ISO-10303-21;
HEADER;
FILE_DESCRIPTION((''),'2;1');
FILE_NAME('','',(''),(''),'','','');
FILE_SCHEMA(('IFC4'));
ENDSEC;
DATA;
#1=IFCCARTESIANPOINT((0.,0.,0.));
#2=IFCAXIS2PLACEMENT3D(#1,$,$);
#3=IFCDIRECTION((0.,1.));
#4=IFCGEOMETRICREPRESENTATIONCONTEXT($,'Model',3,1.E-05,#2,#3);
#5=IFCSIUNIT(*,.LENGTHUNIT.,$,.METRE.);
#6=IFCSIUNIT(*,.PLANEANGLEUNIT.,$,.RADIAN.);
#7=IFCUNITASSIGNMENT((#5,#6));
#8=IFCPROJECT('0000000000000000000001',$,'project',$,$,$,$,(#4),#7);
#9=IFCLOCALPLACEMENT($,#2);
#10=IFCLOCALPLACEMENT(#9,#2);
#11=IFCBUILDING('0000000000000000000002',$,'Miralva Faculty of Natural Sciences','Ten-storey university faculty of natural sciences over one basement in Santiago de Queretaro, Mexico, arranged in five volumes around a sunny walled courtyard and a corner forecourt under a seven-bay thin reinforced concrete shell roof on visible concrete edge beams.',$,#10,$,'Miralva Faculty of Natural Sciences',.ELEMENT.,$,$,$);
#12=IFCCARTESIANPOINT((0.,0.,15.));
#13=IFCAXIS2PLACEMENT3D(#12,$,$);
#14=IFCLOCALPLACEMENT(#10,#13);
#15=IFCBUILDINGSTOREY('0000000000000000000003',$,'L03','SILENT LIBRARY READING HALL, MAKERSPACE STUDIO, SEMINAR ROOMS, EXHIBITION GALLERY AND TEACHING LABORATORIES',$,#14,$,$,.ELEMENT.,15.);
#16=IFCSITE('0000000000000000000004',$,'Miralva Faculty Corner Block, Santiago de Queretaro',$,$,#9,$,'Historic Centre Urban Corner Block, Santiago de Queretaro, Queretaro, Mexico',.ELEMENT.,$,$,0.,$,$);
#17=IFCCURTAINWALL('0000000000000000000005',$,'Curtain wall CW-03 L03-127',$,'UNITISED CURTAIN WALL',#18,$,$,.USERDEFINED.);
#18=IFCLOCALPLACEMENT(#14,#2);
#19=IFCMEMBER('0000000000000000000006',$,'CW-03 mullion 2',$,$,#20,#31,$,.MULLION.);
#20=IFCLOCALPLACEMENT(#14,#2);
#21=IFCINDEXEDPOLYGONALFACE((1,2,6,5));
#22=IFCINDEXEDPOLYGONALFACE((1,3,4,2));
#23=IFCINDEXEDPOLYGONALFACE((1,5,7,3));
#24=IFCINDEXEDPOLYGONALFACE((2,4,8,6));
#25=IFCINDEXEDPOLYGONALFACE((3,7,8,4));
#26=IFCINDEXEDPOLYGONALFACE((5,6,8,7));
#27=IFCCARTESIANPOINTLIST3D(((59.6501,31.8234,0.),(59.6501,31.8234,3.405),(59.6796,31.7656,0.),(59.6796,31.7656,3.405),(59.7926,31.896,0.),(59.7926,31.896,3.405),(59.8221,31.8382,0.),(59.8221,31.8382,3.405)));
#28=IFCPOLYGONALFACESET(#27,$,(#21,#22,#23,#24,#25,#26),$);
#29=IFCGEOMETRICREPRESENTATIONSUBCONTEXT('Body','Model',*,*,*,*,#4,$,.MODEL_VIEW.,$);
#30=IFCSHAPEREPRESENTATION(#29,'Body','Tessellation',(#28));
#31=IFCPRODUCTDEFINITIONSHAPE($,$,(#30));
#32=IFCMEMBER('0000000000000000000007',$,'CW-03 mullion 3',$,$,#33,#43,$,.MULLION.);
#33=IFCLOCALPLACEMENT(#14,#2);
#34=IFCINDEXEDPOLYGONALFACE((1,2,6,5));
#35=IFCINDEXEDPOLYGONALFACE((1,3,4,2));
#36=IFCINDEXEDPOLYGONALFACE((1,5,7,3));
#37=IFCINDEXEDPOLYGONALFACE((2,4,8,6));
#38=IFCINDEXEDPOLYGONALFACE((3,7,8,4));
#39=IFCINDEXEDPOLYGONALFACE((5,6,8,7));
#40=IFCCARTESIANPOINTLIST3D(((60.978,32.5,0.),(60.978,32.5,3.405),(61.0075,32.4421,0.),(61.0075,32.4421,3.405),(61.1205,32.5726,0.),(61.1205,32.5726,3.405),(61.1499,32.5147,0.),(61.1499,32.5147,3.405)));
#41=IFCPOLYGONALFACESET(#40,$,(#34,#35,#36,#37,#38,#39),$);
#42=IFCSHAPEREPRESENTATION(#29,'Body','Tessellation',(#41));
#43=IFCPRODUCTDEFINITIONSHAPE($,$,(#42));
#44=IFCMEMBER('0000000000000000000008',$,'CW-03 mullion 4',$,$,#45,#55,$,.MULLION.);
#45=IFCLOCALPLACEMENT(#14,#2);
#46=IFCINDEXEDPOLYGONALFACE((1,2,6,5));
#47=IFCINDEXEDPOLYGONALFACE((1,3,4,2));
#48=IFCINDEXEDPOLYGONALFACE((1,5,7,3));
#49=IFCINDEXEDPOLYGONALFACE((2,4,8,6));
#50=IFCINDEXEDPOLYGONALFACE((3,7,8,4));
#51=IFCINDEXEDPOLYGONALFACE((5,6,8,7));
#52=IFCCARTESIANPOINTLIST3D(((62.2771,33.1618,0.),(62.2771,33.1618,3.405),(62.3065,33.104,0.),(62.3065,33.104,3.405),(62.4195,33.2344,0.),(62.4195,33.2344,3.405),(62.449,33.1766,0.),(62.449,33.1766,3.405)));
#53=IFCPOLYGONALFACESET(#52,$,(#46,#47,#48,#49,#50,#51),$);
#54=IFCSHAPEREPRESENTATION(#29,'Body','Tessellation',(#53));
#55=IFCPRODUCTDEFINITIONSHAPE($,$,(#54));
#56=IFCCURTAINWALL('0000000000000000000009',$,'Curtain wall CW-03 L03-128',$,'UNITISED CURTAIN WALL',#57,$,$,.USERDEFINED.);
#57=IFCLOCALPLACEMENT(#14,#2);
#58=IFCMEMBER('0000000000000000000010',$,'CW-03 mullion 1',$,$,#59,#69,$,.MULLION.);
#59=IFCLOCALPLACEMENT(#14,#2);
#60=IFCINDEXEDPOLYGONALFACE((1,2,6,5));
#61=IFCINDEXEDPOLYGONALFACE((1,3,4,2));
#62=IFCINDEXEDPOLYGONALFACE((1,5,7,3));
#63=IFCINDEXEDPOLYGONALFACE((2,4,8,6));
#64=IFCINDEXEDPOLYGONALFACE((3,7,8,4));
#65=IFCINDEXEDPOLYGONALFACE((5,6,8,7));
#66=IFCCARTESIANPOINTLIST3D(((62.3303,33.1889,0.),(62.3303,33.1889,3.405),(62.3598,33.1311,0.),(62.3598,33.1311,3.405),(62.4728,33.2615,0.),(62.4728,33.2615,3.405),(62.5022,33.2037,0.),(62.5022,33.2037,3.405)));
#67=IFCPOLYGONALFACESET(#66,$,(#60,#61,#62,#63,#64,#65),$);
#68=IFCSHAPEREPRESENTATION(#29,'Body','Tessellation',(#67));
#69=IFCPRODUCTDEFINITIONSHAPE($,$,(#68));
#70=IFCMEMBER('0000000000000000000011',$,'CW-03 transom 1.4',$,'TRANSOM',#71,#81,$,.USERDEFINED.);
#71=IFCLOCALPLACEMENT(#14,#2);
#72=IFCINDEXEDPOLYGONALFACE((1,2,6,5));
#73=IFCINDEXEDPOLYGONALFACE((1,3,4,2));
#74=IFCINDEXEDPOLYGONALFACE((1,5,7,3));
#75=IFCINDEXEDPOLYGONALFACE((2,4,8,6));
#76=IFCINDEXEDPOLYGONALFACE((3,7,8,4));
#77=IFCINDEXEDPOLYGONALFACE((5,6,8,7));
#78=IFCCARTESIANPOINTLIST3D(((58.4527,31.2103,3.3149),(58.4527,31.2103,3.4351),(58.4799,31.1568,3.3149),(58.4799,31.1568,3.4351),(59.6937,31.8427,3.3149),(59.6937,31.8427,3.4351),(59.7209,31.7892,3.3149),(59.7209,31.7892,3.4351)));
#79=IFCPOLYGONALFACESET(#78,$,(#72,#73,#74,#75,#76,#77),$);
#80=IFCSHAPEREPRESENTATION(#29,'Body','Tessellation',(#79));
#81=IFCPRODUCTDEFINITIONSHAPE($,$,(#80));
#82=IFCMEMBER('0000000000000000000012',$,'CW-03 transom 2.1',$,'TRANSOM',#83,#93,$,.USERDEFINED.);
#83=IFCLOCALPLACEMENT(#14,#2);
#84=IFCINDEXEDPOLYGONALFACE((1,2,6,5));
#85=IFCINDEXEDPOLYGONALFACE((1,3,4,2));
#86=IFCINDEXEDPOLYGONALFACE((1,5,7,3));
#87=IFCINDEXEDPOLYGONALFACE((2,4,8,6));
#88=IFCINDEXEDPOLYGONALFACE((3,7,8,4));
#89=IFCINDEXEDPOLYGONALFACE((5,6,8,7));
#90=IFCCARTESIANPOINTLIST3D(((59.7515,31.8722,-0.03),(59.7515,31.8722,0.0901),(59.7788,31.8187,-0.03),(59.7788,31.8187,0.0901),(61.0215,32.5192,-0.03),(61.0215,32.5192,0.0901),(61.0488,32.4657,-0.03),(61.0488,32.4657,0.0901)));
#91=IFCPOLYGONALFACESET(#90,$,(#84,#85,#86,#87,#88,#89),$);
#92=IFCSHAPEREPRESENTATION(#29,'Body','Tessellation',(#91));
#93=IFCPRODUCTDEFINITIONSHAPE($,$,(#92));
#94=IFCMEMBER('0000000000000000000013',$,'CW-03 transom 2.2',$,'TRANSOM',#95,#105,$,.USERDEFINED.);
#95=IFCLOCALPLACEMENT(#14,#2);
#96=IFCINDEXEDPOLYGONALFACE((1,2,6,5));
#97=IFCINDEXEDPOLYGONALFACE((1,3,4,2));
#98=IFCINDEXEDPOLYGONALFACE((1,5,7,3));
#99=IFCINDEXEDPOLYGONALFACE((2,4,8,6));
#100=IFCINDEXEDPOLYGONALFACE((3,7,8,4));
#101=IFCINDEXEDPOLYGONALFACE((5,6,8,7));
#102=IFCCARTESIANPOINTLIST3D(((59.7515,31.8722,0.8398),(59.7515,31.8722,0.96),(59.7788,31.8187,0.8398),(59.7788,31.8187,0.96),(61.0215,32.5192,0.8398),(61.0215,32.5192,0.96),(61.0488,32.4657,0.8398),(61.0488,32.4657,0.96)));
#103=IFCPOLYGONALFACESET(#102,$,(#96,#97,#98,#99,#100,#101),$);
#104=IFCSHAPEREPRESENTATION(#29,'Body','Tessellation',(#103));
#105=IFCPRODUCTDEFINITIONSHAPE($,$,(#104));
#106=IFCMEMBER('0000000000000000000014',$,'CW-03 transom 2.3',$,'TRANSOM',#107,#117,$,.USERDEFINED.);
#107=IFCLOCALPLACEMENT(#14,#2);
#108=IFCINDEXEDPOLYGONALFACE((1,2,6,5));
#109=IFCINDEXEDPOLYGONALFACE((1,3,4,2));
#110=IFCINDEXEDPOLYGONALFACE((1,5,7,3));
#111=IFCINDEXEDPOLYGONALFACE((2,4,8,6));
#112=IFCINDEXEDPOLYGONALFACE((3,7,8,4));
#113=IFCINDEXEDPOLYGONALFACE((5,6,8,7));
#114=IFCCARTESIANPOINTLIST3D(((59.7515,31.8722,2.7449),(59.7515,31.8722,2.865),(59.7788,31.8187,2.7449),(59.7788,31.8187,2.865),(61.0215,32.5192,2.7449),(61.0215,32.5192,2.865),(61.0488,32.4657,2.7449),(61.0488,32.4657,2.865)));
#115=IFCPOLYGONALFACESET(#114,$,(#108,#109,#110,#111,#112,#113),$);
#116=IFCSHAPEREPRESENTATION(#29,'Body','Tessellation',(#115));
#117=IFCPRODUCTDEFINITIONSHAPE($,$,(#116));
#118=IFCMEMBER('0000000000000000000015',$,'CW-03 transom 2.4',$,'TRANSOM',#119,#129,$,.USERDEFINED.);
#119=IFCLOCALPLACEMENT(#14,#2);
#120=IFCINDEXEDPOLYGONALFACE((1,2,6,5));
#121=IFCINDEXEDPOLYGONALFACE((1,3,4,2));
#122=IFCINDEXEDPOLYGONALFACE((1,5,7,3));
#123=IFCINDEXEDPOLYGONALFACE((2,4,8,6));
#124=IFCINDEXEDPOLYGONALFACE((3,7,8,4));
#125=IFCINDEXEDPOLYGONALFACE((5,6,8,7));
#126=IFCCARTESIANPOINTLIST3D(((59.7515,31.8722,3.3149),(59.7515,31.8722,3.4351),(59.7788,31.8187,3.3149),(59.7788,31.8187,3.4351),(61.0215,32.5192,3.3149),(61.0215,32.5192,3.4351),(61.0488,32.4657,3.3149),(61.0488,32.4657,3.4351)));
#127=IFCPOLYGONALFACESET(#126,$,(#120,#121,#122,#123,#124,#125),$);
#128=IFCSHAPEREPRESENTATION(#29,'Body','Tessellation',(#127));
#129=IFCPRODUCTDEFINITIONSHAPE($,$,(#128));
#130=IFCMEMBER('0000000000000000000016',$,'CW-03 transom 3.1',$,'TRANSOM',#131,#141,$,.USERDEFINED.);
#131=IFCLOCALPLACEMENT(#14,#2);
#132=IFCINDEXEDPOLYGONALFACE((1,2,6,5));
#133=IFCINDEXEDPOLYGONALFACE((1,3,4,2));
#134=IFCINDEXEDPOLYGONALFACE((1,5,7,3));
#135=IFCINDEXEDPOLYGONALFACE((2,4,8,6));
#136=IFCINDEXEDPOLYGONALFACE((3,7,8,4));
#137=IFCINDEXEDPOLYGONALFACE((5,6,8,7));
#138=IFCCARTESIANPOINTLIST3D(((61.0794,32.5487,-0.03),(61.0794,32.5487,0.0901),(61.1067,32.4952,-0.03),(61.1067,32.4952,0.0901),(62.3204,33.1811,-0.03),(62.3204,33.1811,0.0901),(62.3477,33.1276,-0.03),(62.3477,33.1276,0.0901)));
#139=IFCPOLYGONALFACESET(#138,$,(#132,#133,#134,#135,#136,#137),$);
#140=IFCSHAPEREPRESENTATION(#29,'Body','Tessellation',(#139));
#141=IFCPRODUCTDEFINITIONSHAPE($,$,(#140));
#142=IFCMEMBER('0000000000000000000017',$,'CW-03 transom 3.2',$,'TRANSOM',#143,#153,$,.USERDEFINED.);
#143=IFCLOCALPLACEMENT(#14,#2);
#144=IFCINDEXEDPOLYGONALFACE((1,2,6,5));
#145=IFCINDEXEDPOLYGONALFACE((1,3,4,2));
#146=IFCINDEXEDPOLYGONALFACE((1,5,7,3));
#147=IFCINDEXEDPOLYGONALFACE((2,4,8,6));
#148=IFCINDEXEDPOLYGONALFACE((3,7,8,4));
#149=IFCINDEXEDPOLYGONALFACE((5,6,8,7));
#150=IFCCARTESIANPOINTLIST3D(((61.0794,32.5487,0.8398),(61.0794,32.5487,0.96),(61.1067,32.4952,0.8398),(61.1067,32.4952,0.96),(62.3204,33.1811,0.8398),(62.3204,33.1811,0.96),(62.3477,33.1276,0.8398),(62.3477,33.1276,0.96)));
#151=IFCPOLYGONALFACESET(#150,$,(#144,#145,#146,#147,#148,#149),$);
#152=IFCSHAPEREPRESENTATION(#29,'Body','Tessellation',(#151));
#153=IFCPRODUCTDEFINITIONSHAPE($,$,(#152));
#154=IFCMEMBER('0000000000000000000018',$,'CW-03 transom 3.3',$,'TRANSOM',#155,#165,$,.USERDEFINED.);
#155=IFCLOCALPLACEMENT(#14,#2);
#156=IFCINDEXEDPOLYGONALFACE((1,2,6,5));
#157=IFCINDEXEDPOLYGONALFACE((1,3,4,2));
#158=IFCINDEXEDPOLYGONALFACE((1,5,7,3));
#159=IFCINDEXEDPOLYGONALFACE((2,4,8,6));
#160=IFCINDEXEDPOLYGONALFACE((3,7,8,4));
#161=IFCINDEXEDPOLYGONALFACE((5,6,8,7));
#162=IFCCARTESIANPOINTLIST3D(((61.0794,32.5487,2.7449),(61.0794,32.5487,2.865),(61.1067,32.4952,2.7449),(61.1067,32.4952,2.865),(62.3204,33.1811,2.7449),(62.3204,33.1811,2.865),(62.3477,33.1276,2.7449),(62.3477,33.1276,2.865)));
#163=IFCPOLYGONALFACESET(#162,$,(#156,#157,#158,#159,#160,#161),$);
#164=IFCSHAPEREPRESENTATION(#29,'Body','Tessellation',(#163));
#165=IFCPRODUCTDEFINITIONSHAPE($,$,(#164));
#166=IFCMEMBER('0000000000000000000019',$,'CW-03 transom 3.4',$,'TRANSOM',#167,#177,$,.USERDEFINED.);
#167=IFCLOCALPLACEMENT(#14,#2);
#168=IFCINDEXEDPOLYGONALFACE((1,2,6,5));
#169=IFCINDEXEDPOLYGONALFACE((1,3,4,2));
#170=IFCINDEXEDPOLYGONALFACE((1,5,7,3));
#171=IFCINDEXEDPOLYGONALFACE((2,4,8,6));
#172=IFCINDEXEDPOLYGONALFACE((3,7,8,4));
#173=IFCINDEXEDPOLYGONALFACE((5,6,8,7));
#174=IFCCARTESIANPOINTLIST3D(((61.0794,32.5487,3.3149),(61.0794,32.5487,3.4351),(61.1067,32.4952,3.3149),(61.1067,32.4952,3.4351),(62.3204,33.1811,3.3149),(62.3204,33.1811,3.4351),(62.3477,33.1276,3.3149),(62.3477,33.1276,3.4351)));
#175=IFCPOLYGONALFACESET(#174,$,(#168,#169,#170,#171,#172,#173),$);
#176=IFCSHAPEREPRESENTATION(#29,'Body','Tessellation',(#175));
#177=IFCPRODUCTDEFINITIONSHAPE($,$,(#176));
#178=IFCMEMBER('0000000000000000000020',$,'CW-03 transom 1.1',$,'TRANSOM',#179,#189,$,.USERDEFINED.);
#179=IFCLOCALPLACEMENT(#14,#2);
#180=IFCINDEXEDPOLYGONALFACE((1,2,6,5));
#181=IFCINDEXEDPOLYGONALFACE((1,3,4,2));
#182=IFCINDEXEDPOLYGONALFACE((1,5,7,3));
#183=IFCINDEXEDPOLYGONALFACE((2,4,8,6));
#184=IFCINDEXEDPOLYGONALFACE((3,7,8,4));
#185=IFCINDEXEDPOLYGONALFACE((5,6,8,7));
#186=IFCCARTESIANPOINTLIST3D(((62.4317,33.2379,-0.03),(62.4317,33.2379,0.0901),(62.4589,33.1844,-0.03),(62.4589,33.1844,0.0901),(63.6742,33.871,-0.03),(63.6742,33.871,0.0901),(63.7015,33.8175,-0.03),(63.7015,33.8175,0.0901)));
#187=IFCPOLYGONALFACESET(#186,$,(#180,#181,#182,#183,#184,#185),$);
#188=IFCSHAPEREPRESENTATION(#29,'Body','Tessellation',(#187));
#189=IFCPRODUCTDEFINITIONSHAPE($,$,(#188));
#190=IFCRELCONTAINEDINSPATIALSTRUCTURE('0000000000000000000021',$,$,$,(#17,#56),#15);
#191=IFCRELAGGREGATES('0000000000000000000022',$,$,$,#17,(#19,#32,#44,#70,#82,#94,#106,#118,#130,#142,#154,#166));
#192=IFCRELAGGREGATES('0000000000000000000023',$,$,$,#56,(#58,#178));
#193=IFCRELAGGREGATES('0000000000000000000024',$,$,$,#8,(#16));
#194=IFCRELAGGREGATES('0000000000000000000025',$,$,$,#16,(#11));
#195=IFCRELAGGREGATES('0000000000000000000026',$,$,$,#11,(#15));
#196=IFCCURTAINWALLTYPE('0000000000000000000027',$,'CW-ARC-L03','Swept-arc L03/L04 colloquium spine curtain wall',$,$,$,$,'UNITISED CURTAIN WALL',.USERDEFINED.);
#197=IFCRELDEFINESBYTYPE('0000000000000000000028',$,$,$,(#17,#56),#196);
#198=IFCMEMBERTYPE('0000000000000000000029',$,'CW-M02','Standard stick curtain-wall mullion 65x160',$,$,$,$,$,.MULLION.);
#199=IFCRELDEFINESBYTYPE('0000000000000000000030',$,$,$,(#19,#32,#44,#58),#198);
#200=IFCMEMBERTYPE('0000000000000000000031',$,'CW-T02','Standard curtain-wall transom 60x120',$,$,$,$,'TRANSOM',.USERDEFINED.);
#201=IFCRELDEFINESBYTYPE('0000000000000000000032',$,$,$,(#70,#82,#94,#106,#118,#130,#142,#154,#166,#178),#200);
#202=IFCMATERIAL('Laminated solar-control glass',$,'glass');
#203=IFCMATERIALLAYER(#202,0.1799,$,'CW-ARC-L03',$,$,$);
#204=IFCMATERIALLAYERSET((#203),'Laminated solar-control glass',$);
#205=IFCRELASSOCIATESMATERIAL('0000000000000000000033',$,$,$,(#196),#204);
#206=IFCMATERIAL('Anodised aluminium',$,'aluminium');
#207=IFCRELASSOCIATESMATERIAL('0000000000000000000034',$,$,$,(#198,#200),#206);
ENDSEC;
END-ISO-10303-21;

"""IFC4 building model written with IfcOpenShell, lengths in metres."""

from ifc_helpers import new_model, si_unit, direction, frame, origin, origin_2d, place, context, subcontext, project, spatial, rectangle, extrude, material, layer, layer_set, material_profile, profile_set, type_object, element, aggregate, save


model = new_model("IFC4")

# Units and contexts
model_context = context("Model", 3, precision=1e-05, world=origin(), true_north=direction((0.0, 1.0)))
body_context = subcontext(model_context, "Body", "Model", "MODEL_VIEW")
ifc_project = project(units=[si_unit("LENGTHUNIT", "METRE"), si_unit("PLANEANGLEUNIT", "RADIAN")], contexts=[model_context])

# Site, building, storey
site_placement = place(None, origin())
site = spatial("IfcSite", under=ifc_project, at=site_placement, Name="Miralva Faculty Corner Block, Santiago de Queretaro", LongName="Historic Centre Urban Corner Block, Santiago de Queretaro, Queretaro, Mexico", CompositionType="ELEMENT", RefElevation=0.0)
building_placement = place(site_placement, origin())
building = spatial("IfcBuilding", under=site, at=building_placement, Name="Miralva Faculty of Natural Sciences", Description="Ten-storey university faculty of natural sciences over one basement in Santiago de Queretaro, Mexico, arranged in five volumes around a sunny walled courtyard and a corner forecourt under a seven-bay thin reinforced concrete shell roof on visible concrete edge beams.", LongName="Miralva Faculty of Natural Sciences", CompositionType="ELEMENT")
storey_placement = place(building_placement, frame((0.0, 0.0, 15.0)))
storey = spatial("IfcBuildingStorey", under=building, at=storey_placement, Name="L03", Description="SILENT LIBRARY READING HALL, MAKERSPACE STUDIO, SEMINAR ROOMS, EXHIBITION GALLERY AND TEACHING LABORATORIES", CompositionType="ELEMENT", Elevation=15.0)

# Curtain wall, members
ifc_material_1 = material(Name="Laminated solar-control glass", Category="glass")
ifc_layer_1 = layer(ifc_material_1, 0.1799, Name="CW-ARC-L03")
ifc_layer_set_1 = layer_set([ifc_layer_1], Name="Laminated solar-control glass")
curtain_wall_type = type_object("IfcCurtainWallType", Name="CW-ARC-L03", Description="Swept-arc L03/L04 colloquium spine curtain wall", ElementType="UNITISED CURTAIN WALL", PredefinedType="USERDEFINED", material=ifc_layer_set_1)
curtain_wall_1_placement = place(storey_placement, origin())
curtain_wall_1 = element("IfcCurtainWall", 1, at=curtain_wall_1_placement, inside=storey, type_object=curtain_wall_type, Name="Curtain wall CW-03 L03-127", ObjectType="UNITISED CURTAIN WALL", PredefinedType="USERDEFINED")
ifc_material_2 = material(Name="Anodised aluminium", Category="aluminium")
ifc_material_profile_1 = material_profile(ifc_material_2, rectangle(XDim=0.0649, YDim=0.1599, at=origin_2d()), Name="MULLION 65x160")
ifc_profile_set_1 = profile_set([ifc_material_profile_1], Name="Anodised aluminium")
member_type_1 = type_object("IfcMemberType", Name="CW-M02", Description="Standard stick curtain-wall mullion 65x160", PredefinedType="MULLION", material=ifc_profile_set_1)
member_1_placement = place(storey_placement, frame((59.7361, 31.8308, 0.0), z_axis=(0.0, 0.0, 1.0), x_axis=(-0.454, 0.891002, 0.0)))
member_1 = element("IfcMember", 2, at=member_1_placement, type_object=member_type_1, Name="CW-03 mullion 2", PredefinedType="MULLION", context=body_context, shape_type="SweptSolid", body=[
    extrude(rectangle(XDim=0.0649, YDim=0.1599, at=origin_2d()), origin(), (0.0, 0.0, 1.0), 3.405),
])
member_2_placement = place(storey_placement, frame((61.064, 32.5073, 0.0), z_axis=(0.0, 0.0, 1.0), x_axis=(-0.454, 0.891002, 0.0)))
member_2 = element("IfcMember", 3, at=member_2_placement, type_object=member_type_1, Name="CW-03 mullion 3", PredefinedType="MULLION", context=body_context, shape_type="SweptSolid", body=[
    extrude(rectangle(XDim=0.0649, YDim=0.1599, at=origin_2d()), origin(), (0.0, 0.0, 1.0), 3.405),
])
member_3_placement = place(storey_placement, frame((62.363, 33.1692, 0.0), z_axis=(0.0, 0.0, 1.0), x_axis=(-0.454, 0.891002, 0.0)))
member_3 = element("IfcMember", 4, at=member_3_placement, type_object=member_type_1, Name="CW-03 mullion 4", PredefinedType="MULLION", context=body_context, shape_type="SweptSolid", body=[
    extrude(rectangle(XDim=0.0649, YDim=0.1599, at=origin_2d()), origin(), (0.0, 0.0, 1.0), 3.405),
])

# Curtain wall, member
curtain_wall_2_placement = place(storey_placement, origin())
curtain_wall_2 = element("IfcCurtainWall", 5, at=curtain_wall_2_placement, inside=storey, type_object=curtain_wall_type, Name="Curtain wall CW-03 L03-128", ObjectType="UNITISED CURTAIN WALL", PredefinedType="USERDEFINED")
member_4_placement = place(storey_placement, frame((62.4163, 33.1963, 0.0), z_axis=(0.0, 0.0, 1.0), x_axis=(-0.453975, 0.891015, 0.0)))
member_4 = element("IfcMember", 6, at=member_4_placement, type_object=member_type_1, Name="CW-03 mullion 1", PredefinedType="MULLION", context=body_context, shape_type="SweptSolid", body=[
    extrude(rectangle(XDim=0.0649, YDim=0.1599, at=origin_2d()), origin(), (0.0, 0.0, 1.0), 3.405),
])

# Members
ifc_material_profile_2 = material_profile(ifc_material_2, rectangle(XDim=0.0601, YDim=0.1201, at=origin_2d()), Name="TRANSOM 60x120")
ifc_profile_set_2 = profile_set([ifc_material_profile_2], Name="Anodised aluminium")
member_type_2 = type_object("IfcMemberType", Name="CW-T02", Description="Standard curtain-wall transom 60x120", ElementType="TRANSOM", PredefinedType="USERDEFINED", material=ifc_profile_set_2)
member_5_placement = place(storey_placement, frame((58.4663, 31.1836, 3.375), z_axis=(0.891001, 0.454002, 0.0), x_axis=(-0.454002, 0.891001, 0.0)))
member_5 = element("IfcMember", 7, at=member_5_placement, type_object=member_type_2, Name="CW-03 transom 1.4", ObjectType="TRANSOM", PredefinedType="USERDEFINED", context=body_context, shape_type="SweptSolid", body=[
    extrude(rectangle(XDim=0.0601, YDim=0.1201, at=origin_2d()), origin(), (0.0, 0.0, 1.0), 1.3928),
])
member_6_placement = place(storey_placement, frame((59.7651, 31.8455, 0.03), z_axis=(0.891045, 0.453916, 0.0), x_axis=(-0.453916, 0.891045, 0.0)))
member_6 = element("IfcMember", 8, at=member_6_placement, type_object=member_type_2, Name="CW-03 transom 2.1", ObjectType="TRANSOM", PredefinedType="USERDEFINED", context=body_context, shape_type="SweptSolid", body=[
    extrude(rectangle(XDim=0.0601, YDim=0.1201, at=origin_2d()), origin(), (0.0, 0.0, 1.0), 1.4253),
])
member_7_placement = place(storey_placement, frame((59.7651, 31.8455, 0.8999), z_axis=(0.891045, 0.453916, 0.0), x_axis=(-0.453916, 0.891045, 0.0)))
member_7 = element("IfcMember", 9, at=member_7_placement, type_object=member_type_2, Name="CW-03 transom 2.2", ObjectType="TRANSOM", PredefinedType="USERDEFINED", context=body_context, shape_type="SweptSolid", body=[
    extrude(rectangle(XDim=0.0601, YDim=0.1201, at=origin_2d()), origin(), (0.0, 0.0, 1.0), 1.4253),
])
member_8_placement = place(storey_placement, frame((59.7651, 31.8455, 2.8049), z_axis=(0.891045, 0.453916, 0.0), x_axis=(-0.453916, 0.891045, 0.0)))
member_8 = element("IfcMember", 10, at=member_8_placement, type_object=member_type_2, Name="CW-03 transom 2.3", ObjectType="TRANSOM", PredefinedType="USERDEFINED", context=body_context, shape_type="SweptSolid", body=[
    extrude(rectangle(XDim=0.0601, YDim=0.1201, at=origin_2d()), origin(), (0.0, 0.0, 1.0), 1.4253),
])
member_9_placement = place(storey_placement, frame((59.7651, 31.8455, 3.375), z_axis=(0.891045, 0.453916, 0.0), x_axis=(-0.453916, 0.891045, 0.0)))
member_9 = element("IfcMember", 11, at=member_9_placement, type_object=member_type_2, Name="CW-03 transom 2.4", ObjectType="TRANSOM", PredefinedType="USERDEFINED", context=body_context, shape_type="SweptSolid", body=[
    extrude(rectangle(XDim=0.0601, YDim=0.1201, at=origin_2d()), origin(), (0.0, 0.0, 1.0), 1.4253),
])
member_10_placement = place(storey_placement, frame((61.093, 32.522, 0.03), z_axis=(0.891001, 0.454002, 0.0), x_axis=(-0.454002, 0.891001, 0.0)))
member_10 = element("IfcMember", 12, at=member_10_placement, type_object=member_type_2, Name="CW-03 transom 3.1", ObjectType="TRANSOM", PredefinedType="USERDEFINED", context=body_context, shape_type="SweptSolid", body=[
    extrude(rectangle(XDim=0.0601, YDim=0.1201, at=origin_2d()), origin(), (0.0, 0.0, 1.0), 1.3928),
])
member_11_placement = place(storey_placement, frame((61.093, 32.522, 0.8999), z_axis=(0.891001, 0.454002, 0.0), x_axis=(-0.454002, 0.891001, 0.0)))
member_11 = element("IfcMember", 13, at=member_11_placement, type_object=member_type_2, Name="CW-03 transom 3.2", ObjectType="TRANSOM", PredefinedType="USERDEFINED", context=body_context, shape_type="SweptSolid", body=[
    extrude(rectangle(XDim=0.0601, YDim=0.1201, at=origin_2d()), origin(), (0.0, 0.0, 1.0), 1.3928),
])
member_12_placement = place(storey_placement, frame((61.093, 32.522, 2.8049), z_axis=(0.891001, 0.454002, 0.0), x_axis=(-0.454002, 0.891001, 0.0)))
member_12 = element("IfcMember", 14, at=member_12_placement, type_object=member_type_2, Name="CW-03 transom 3.3", ObjectType="TRANSOM", PredefinedType="USERDEFINED", context=body_context, shape_type="SweptSolid", body=[
    extrude(rectangle(XDim=0.0601, YDim=0.1201, at=origin_2d()), origin(), (0.0, 0.0, 1.0), 1.3928),
])
member_13_placement = place(storey_placement, frame((61.093, 32.522, 3.375), z_axis=(0.891001, 0.454002, 0.0), x_axis=(-0.454002, 0.891001, 0.0)))
member_13 = element("IfcMember", 15, at=member_13_placement, type_object=member_type_2, Name="CW-03 transom 3.4", ObjectType="TRANSOM", PredefinedType="USERDEFINED", context=body_context, shape_type="SweptSolid", body=[
    extrude(rectangle(XDim=0.0601, YDim=0.1201, at=origin_2d()), origin(), (0.0, 0.0, 1.0), 1.3928),
])
member_14_placement = place(storey_placement, frame((62.4453, 33.2112, 0.03), z_axis=(0.891005, 0.453994, 0.0), x_axis=(-0.453994, 0.891005, 0.0)))
member_14 = element("IfcMember", 16, at=member_14_placement, type_object=member_type_2, Name="CW-03 transom 1.1", ObjectType="TRANSOM", PredefinedType="USERDEFINED", context=body_context, shape_type="SweptSolid", body=[
    extrude(rectangle(XDim=0.0601, YDim=0.1201, at=origin_2d()), origin(), (0.0, 0.0, 1.0), 1.3945),
])

aggregate(curtain_wall_1, [member_1, member_2, member_3, member_5, member_6, member_7, member_8, member_9, member_10, member_11, member_12, member_13])
aggregate(curtain_wall_2, [member_4, member_14])

save(model, "model.ifc")
